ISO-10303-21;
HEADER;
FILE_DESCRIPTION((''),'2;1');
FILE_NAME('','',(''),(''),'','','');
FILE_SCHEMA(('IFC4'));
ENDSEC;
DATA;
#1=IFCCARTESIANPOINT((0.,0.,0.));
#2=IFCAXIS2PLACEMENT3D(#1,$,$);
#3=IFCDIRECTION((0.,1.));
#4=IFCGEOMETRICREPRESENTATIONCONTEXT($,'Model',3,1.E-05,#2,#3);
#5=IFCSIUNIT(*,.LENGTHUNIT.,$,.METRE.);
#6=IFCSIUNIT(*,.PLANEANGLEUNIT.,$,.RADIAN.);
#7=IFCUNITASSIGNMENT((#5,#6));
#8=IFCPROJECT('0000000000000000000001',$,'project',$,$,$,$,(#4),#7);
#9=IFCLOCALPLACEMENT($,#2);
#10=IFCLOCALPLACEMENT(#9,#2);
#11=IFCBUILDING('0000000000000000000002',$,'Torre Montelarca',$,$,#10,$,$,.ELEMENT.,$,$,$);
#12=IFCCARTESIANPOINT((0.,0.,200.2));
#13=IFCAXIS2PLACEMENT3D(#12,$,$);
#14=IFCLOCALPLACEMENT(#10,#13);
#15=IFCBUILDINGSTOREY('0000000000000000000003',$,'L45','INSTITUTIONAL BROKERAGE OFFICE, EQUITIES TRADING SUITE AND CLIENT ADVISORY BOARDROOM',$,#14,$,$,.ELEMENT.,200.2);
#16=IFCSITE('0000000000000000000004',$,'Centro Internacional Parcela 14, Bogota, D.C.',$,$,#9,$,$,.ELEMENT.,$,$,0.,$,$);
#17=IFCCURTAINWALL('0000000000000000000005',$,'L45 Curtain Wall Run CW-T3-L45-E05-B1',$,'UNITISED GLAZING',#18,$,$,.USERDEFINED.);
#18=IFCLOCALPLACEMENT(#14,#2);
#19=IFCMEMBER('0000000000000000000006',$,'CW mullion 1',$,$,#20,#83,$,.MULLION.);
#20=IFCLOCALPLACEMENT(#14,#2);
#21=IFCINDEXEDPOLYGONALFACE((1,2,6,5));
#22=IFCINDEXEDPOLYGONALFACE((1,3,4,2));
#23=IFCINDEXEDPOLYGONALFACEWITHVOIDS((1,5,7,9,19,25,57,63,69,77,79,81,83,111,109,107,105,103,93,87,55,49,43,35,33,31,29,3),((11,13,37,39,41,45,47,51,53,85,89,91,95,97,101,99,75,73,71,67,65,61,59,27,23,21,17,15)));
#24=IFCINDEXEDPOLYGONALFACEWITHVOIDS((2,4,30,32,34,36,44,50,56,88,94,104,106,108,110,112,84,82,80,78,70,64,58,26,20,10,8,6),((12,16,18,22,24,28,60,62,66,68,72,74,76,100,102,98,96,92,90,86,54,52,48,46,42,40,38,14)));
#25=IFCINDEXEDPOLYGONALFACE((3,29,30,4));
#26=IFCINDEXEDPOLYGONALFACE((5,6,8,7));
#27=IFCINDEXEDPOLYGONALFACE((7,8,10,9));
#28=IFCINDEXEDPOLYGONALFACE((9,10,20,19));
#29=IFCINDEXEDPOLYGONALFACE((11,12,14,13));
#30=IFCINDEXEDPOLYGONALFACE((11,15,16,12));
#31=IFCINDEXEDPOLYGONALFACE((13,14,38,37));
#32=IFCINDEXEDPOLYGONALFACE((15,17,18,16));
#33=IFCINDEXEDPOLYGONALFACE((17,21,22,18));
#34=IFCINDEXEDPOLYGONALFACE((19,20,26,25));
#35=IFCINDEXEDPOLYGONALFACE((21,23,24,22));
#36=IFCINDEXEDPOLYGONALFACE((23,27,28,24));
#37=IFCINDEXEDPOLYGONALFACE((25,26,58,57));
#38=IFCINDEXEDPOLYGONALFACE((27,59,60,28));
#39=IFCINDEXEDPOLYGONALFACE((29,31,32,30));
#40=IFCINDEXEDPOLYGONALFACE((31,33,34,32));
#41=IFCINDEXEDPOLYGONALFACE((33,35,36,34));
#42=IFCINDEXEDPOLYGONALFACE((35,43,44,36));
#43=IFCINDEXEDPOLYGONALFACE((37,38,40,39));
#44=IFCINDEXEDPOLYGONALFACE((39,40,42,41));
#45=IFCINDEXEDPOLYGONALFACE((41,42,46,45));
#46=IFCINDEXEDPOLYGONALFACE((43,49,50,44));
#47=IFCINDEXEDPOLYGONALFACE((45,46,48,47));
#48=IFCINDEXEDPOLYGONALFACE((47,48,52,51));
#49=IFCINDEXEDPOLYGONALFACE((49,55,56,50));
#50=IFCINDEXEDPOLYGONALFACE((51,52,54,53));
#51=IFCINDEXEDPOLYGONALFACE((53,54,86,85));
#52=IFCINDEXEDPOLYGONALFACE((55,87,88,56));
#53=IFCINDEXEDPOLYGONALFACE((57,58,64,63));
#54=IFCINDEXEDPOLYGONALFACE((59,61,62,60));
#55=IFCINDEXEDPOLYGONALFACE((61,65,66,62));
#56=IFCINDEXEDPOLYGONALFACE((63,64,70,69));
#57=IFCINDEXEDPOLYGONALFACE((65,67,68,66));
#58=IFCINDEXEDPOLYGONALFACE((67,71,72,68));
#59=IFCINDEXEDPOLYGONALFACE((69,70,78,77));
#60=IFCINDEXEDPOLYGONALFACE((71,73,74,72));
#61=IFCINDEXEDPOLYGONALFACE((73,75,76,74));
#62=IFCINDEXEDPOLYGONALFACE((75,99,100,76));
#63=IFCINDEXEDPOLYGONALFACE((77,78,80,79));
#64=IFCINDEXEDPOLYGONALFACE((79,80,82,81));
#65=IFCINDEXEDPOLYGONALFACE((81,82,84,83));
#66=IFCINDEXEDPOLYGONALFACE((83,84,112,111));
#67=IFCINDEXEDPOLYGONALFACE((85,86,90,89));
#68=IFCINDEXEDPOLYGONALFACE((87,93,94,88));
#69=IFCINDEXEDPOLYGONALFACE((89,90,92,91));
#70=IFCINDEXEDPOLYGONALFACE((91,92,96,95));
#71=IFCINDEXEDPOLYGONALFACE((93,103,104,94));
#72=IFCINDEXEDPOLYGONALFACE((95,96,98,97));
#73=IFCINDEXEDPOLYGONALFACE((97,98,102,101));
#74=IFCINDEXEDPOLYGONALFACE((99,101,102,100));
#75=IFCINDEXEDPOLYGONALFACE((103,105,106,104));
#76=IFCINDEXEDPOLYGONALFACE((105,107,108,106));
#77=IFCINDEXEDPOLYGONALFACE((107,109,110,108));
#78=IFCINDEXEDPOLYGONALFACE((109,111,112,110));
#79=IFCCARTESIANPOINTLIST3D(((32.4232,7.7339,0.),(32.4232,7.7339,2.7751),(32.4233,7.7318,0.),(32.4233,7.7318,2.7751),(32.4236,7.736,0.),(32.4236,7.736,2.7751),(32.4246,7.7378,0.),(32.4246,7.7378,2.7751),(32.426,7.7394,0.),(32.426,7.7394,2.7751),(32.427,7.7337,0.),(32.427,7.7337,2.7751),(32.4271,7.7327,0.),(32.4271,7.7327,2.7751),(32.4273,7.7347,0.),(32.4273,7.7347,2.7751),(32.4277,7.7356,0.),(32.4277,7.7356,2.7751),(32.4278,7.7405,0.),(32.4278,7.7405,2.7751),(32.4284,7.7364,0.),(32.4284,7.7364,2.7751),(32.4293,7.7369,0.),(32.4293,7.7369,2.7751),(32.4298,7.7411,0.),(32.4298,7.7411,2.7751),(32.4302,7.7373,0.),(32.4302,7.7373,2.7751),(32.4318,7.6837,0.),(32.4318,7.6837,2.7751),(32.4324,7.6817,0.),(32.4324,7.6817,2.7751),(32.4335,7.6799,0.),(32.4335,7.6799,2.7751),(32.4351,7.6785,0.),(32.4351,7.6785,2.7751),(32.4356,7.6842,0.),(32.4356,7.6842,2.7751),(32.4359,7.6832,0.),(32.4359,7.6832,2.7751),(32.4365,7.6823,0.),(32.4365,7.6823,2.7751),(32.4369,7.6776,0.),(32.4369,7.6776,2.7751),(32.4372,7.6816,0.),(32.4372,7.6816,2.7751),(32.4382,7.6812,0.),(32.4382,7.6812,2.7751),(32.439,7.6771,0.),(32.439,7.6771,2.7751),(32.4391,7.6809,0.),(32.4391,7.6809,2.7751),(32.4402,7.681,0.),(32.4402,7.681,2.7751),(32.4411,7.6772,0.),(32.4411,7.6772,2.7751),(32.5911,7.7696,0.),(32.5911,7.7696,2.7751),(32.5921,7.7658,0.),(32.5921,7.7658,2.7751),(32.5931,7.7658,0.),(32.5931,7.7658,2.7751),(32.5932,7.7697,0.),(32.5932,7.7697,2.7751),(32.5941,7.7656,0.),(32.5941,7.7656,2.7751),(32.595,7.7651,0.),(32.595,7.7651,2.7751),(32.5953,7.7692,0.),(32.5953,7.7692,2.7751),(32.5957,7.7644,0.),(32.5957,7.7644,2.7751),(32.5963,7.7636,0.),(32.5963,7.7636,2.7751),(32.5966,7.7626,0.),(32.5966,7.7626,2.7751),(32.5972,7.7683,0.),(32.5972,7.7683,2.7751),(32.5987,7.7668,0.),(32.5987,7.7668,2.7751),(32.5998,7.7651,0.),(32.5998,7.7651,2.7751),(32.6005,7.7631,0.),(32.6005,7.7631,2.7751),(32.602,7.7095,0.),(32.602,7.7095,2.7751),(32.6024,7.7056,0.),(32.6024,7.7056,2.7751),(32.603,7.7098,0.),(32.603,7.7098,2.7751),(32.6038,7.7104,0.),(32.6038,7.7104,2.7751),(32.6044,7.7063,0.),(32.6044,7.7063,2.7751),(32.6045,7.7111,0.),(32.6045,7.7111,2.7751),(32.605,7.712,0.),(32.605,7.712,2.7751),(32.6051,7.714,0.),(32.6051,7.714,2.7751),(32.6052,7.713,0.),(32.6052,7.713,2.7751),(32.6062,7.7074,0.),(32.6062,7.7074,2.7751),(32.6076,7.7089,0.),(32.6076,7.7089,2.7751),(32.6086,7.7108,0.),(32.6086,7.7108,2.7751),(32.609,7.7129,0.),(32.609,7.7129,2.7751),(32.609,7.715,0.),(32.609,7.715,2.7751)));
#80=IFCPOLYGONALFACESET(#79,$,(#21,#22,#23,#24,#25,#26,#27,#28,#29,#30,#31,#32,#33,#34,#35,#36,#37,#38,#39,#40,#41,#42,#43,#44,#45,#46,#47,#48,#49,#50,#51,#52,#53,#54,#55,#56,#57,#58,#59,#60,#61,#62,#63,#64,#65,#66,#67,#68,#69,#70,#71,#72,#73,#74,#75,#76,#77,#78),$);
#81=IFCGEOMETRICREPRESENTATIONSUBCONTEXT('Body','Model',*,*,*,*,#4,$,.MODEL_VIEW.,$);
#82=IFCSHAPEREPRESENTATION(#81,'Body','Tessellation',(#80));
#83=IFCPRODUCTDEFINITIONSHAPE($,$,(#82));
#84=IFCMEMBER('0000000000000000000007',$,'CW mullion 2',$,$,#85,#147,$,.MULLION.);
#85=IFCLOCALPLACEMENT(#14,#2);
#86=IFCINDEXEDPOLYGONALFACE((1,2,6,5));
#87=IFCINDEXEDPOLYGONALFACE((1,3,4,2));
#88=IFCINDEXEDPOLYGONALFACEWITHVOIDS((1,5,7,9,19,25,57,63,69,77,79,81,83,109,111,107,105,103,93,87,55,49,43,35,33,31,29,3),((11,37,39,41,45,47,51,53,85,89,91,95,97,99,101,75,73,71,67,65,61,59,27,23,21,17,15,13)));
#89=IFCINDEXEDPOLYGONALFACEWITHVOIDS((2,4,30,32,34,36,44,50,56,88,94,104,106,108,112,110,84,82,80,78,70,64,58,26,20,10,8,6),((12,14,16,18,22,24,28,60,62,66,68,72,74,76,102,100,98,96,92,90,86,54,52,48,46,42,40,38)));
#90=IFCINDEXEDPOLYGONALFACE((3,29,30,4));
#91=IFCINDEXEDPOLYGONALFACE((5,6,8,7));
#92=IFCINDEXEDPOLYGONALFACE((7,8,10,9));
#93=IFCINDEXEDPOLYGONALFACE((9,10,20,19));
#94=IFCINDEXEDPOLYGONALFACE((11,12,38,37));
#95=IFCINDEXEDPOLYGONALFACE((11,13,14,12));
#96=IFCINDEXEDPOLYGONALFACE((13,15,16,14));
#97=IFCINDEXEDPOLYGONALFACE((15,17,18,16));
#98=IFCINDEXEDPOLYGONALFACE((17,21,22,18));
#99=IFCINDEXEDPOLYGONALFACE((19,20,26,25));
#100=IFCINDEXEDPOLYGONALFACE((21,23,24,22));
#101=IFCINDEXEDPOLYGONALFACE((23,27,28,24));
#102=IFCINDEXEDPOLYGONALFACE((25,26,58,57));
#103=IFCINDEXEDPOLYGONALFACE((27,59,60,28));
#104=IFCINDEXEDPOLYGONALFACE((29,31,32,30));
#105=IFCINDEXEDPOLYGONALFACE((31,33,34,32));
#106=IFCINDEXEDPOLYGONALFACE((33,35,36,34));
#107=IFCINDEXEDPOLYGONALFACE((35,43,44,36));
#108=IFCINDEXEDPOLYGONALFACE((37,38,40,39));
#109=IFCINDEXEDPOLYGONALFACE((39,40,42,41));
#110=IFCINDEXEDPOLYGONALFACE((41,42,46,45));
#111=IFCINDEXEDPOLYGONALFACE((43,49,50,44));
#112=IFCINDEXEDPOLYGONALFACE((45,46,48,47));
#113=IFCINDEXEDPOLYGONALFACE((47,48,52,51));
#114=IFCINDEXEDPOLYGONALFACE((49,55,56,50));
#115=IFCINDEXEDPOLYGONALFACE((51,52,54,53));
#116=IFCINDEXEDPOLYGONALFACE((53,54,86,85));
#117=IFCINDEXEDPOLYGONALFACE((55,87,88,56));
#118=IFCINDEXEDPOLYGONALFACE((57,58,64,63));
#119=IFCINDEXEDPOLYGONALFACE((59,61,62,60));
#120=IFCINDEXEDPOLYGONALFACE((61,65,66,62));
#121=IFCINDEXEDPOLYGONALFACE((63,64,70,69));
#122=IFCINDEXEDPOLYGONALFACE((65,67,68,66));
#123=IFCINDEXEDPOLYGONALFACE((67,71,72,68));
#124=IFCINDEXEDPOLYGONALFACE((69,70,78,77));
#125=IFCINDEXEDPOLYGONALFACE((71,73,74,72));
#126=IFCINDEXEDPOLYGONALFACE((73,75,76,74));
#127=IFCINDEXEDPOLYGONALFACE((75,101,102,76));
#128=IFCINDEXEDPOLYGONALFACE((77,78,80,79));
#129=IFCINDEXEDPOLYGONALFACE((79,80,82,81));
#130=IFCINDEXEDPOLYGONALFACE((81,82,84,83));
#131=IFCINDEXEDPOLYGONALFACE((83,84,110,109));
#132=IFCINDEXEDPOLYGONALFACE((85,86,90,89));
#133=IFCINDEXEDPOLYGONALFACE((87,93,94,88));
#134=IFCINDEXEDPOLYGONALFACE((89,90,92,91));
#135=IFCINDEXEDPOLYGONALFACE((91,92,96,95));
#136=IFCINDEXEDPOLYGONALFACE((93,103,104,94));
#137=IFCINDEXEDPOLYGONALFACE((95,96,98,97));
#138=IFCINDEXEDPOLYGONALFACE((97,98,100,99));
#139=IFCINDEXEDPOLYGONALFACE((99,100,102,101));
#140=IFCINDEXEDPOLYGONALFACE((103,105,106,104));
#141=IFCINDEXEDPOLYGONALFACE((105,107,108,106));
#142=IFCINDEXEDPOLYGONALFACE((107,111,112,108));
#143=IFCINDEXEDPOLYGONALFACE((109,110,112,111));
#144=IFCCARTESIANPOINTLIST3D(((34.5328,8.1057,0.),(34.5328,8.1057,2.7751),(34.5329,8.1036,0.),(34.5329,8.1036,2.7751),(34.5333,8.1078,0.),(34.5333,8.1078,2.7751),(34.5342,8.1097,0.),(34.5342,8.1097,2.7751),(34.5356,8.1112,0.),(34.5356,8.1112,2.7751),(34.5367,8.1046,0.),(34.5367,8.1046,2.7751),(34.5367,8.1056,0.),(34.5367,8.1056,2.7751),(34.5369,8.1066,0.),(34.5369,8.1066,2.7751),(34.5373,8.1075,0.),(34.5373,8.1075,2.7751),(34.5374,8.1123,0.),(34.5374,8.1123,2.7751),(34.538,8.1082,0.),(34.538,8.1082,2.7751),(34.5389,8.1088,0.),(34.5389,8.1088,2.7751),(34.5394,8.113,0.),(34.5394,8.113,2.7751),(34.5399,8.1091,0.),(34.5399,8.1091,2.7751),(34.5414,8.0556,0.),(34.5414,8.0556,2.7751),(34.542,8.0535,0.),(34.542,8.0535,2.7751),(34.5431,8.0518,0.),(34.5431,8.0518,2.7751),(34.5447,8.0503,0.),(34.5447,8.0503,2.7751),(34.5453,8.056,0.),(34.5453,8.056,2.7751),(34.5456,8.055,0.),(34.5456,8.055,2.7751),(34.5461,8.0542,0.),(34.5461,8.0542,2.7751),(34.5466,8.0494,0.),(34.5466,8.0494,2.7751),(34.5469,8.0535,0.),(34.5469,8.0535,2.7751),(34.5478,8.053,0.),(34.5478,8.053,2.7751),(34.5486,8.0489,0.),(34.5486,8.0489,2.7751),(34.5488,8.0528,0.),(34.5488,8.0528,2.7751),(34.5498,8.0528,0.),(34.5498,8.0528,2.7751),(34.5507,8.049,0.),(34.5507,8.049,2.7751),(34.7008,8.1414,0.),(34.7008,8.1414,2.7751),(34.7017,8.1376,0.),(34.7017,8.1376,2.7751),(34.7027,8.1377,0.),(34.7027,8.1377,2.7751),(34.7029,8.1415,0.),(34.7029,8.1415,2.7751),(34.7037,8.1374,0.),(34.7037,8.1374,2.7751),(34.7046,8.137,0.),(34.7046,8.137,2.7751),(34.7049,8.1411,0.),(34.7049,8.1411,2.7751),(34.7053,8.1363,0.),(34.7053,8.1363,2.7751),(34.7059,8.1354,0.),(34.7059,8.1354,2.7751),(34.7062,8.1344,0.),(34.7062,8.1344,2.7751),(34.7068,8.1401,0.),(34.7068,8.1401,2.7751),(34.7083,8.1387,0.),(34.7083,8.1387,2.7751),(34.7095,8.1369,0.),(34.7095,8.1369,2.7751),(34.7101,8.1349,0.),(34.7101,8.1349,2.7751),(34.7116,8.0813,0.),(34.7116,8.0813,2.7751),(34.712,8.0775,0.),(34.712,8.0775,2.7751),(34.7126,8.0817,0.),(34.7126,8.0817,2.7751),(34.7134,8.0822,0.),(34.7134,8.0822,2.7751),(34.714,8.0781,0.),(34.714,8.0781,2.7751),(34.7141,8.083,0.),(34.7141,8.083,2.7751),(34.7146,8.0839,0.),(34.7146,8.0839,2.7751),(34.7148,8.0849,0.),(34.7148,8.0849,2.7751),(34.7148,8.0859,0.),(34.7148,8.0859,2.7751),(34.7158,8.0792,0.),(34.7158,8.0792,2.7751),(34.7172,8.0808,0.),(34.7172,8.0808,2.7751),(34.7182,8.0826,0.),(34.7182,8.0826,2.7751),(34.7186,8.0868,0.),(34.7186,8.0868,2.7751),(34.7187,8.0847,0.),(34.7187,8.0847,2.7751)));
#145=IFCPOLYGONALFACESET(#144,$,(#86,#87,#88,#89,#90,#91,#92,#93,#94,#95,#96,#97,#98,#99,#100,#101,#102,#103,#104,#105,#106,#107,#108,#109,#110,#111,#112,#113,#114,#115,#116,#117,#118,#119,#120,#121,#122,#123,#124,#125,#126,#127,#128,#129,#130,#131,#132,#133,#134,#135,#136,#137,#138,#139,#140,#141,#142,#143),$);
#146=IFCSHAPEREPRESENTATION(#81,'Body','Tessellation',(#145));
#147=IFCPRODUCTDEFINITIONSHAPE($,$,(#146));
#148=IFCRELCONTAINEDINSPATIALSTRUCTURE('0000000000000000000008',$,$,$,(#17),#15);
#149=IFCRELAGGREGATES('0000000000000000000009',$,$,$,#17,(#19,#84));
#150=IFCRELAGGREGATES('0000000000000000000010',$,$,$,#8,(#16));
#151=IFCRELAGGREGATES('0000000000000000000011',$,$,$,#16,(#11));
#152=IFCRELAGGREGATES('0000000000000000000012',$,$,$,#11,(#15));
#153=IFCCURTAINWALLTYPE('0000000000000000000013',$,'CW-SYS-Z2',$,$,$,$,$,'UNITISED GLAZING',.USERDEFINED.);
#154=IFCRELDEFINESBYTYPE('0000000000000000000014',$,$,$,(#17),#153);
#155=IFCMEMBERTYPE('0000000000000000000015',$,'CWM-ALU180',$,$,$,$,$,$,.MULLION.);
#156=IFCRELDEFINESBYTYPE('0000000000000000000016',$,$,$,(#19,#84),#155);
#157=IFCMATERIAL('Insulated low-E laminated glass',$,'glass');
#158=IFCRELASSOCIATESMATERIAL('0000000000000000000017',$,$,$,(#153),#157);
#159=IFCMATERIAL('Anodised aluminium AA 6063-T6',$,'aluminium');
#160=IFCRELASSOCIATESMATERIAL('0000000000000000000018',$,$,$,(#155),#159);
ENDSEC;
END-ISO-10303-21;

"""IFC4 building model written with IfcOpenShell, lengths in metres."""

from ifc_helpers import new_model, si_unit, direction, frame, origin, origin_2d, place, context, subcontext, project, spatial, hollow_rectangle, extrude, source, transform, mapped, material, material_profile, profile_set, type_object, element, aggregate, save


model = new_model("IFC4")

# Units and contexts
model_context = context("Model", 3, precision=1e-05, world=origin(), true_north=direction((0.0, 1.0)))
body_context = subcontext(model_context, "Body", "Model", "MODEL_VIEW")
ifc_project = project(units=[si_unit("LENGTHUNIT", "METRE"), si_unit("PLANEANGLEUNIT", "RADIAN")], contexts=[model_context])

# Site, building, storey
site_placement = place(None, origin())
site = spatial("IfcSite", under=ifc_project, at=site_placement, Name="Centro Internacional Parcela 14, Bogota, D.C.", CompositionType="ELEMENT", RefElevation=0.0)
building_placement = place(site_placement, origin())
building = spatial("IfcBuilding", under=site, at=building_placement, Name="Torre Montelarca", CompositionType="ELEMENT")
storey_placement = place(building_placement, frame((0.0, 0.0, 200.2)))
storey = spatial("IfcBuildingStorey", under=building, at=storey_placement, Name="L45", Description="INSTITUTIONAL BROKERAGE OFFICE, EQUITIES TRADING SUITE AND CLIENT ADVISORY BOARDROOM", CompositionType="ELEMENT", Elevation=200.2)

# Curtain wall, members
ifc_material_1 = material(Name="Insulated low-E laminated glass", Category="glass")
curtain_wall_type = type_object("IfcCurtainWallType", Name="CW-SYS-Z2", ElementType="UNITISED GLAZING", PredefinedType="USERDEFINED", material=ifc_material_1)
curtain_wall_1_placement = place(storey_placement, origin())
curtain_wall_1 = element("IfcCurtainWall", 1, at=curtain_wall_1_placement, inside=storey, type_object=curtain_wall_type, Name="L45 Curtain Wall Run CW-T3-L45-E05-B1", ObjectType="UNITISED GLAZING", PredefinedType="USERDEFINED")
ifc_material_2 = material(Name="Anodised aluminium AA 6063-T6", Category="aluminium")
ifc_material_profile_1 = material_profile(ifc_material_2, hollow_rectangle(XDim=0.0649, YDim=0.1799, WallThickness=0.0039, InnerFilletRadius=0.0039, OuterFilletRadius=0.0081, at=origin_2d()), Name="ALU65X180X4", Category="aluminium")
ifc_profile_set_1 = profile_set([ifc_material_profile_1], Name="Anodised aluminium AA 6063-T6")
member_type_1 = type_object("IfcMemberType", Name="CWM-ALU180", PredefinedType="MULLION", material=ifc_profile_set_1)
shared_shape_1 = source(origin(), body_context, "Body", "SweptSolid", [
    extrude(hollow_rectangle(XDim=0.0649, YDim=0.1799, WallThickness=0.0039, InnerFilletRadius=0.0039, OuterFilletRadius=0.0081, at=origin_2d()), origin(), (0.0, 0.0, 1.0), 2.7751),
])
member_1_placement = place(storey_placement, frame((32.5161, 7.7234, 0.0), z_axis=(0.0, 0.0, 1.0), x_axis=(-0.173634, 0.98481, 0.0)))
member_1 = element("IfcMember", 2, at=member_1_placement, type_object=member_type_1, Name="CW mullion 1", PredefinedType="MULLION", context=body_context, shape_type="MappedRepresentation", body=[
    mapped(shared_shape_1, transform((0.0, 0.0, 0.0), scale=1.0)),
])
member_2_placement = place(storey_placement, frame((34.6257, 8.0952, 0.0), z_axis=(0.0, 0.0, 1.0), x_axis=(-0.173634, 0.98481, 0.0)))
member_2 = element("IfcMember", 3, at=member_2_placement, type_object=member_type_1, Name="CW mullion 2", PredefinedType="MULLION", context=body_context, shape_type="MappedRepresentation", body=[
    mapped(shared_shape_1, transform((0.0, 0.0, 0.0), scale=1.0)),
])

aggregate(curtain_wall_1, [member_1, member_2])

save(model, "model.ifc")
